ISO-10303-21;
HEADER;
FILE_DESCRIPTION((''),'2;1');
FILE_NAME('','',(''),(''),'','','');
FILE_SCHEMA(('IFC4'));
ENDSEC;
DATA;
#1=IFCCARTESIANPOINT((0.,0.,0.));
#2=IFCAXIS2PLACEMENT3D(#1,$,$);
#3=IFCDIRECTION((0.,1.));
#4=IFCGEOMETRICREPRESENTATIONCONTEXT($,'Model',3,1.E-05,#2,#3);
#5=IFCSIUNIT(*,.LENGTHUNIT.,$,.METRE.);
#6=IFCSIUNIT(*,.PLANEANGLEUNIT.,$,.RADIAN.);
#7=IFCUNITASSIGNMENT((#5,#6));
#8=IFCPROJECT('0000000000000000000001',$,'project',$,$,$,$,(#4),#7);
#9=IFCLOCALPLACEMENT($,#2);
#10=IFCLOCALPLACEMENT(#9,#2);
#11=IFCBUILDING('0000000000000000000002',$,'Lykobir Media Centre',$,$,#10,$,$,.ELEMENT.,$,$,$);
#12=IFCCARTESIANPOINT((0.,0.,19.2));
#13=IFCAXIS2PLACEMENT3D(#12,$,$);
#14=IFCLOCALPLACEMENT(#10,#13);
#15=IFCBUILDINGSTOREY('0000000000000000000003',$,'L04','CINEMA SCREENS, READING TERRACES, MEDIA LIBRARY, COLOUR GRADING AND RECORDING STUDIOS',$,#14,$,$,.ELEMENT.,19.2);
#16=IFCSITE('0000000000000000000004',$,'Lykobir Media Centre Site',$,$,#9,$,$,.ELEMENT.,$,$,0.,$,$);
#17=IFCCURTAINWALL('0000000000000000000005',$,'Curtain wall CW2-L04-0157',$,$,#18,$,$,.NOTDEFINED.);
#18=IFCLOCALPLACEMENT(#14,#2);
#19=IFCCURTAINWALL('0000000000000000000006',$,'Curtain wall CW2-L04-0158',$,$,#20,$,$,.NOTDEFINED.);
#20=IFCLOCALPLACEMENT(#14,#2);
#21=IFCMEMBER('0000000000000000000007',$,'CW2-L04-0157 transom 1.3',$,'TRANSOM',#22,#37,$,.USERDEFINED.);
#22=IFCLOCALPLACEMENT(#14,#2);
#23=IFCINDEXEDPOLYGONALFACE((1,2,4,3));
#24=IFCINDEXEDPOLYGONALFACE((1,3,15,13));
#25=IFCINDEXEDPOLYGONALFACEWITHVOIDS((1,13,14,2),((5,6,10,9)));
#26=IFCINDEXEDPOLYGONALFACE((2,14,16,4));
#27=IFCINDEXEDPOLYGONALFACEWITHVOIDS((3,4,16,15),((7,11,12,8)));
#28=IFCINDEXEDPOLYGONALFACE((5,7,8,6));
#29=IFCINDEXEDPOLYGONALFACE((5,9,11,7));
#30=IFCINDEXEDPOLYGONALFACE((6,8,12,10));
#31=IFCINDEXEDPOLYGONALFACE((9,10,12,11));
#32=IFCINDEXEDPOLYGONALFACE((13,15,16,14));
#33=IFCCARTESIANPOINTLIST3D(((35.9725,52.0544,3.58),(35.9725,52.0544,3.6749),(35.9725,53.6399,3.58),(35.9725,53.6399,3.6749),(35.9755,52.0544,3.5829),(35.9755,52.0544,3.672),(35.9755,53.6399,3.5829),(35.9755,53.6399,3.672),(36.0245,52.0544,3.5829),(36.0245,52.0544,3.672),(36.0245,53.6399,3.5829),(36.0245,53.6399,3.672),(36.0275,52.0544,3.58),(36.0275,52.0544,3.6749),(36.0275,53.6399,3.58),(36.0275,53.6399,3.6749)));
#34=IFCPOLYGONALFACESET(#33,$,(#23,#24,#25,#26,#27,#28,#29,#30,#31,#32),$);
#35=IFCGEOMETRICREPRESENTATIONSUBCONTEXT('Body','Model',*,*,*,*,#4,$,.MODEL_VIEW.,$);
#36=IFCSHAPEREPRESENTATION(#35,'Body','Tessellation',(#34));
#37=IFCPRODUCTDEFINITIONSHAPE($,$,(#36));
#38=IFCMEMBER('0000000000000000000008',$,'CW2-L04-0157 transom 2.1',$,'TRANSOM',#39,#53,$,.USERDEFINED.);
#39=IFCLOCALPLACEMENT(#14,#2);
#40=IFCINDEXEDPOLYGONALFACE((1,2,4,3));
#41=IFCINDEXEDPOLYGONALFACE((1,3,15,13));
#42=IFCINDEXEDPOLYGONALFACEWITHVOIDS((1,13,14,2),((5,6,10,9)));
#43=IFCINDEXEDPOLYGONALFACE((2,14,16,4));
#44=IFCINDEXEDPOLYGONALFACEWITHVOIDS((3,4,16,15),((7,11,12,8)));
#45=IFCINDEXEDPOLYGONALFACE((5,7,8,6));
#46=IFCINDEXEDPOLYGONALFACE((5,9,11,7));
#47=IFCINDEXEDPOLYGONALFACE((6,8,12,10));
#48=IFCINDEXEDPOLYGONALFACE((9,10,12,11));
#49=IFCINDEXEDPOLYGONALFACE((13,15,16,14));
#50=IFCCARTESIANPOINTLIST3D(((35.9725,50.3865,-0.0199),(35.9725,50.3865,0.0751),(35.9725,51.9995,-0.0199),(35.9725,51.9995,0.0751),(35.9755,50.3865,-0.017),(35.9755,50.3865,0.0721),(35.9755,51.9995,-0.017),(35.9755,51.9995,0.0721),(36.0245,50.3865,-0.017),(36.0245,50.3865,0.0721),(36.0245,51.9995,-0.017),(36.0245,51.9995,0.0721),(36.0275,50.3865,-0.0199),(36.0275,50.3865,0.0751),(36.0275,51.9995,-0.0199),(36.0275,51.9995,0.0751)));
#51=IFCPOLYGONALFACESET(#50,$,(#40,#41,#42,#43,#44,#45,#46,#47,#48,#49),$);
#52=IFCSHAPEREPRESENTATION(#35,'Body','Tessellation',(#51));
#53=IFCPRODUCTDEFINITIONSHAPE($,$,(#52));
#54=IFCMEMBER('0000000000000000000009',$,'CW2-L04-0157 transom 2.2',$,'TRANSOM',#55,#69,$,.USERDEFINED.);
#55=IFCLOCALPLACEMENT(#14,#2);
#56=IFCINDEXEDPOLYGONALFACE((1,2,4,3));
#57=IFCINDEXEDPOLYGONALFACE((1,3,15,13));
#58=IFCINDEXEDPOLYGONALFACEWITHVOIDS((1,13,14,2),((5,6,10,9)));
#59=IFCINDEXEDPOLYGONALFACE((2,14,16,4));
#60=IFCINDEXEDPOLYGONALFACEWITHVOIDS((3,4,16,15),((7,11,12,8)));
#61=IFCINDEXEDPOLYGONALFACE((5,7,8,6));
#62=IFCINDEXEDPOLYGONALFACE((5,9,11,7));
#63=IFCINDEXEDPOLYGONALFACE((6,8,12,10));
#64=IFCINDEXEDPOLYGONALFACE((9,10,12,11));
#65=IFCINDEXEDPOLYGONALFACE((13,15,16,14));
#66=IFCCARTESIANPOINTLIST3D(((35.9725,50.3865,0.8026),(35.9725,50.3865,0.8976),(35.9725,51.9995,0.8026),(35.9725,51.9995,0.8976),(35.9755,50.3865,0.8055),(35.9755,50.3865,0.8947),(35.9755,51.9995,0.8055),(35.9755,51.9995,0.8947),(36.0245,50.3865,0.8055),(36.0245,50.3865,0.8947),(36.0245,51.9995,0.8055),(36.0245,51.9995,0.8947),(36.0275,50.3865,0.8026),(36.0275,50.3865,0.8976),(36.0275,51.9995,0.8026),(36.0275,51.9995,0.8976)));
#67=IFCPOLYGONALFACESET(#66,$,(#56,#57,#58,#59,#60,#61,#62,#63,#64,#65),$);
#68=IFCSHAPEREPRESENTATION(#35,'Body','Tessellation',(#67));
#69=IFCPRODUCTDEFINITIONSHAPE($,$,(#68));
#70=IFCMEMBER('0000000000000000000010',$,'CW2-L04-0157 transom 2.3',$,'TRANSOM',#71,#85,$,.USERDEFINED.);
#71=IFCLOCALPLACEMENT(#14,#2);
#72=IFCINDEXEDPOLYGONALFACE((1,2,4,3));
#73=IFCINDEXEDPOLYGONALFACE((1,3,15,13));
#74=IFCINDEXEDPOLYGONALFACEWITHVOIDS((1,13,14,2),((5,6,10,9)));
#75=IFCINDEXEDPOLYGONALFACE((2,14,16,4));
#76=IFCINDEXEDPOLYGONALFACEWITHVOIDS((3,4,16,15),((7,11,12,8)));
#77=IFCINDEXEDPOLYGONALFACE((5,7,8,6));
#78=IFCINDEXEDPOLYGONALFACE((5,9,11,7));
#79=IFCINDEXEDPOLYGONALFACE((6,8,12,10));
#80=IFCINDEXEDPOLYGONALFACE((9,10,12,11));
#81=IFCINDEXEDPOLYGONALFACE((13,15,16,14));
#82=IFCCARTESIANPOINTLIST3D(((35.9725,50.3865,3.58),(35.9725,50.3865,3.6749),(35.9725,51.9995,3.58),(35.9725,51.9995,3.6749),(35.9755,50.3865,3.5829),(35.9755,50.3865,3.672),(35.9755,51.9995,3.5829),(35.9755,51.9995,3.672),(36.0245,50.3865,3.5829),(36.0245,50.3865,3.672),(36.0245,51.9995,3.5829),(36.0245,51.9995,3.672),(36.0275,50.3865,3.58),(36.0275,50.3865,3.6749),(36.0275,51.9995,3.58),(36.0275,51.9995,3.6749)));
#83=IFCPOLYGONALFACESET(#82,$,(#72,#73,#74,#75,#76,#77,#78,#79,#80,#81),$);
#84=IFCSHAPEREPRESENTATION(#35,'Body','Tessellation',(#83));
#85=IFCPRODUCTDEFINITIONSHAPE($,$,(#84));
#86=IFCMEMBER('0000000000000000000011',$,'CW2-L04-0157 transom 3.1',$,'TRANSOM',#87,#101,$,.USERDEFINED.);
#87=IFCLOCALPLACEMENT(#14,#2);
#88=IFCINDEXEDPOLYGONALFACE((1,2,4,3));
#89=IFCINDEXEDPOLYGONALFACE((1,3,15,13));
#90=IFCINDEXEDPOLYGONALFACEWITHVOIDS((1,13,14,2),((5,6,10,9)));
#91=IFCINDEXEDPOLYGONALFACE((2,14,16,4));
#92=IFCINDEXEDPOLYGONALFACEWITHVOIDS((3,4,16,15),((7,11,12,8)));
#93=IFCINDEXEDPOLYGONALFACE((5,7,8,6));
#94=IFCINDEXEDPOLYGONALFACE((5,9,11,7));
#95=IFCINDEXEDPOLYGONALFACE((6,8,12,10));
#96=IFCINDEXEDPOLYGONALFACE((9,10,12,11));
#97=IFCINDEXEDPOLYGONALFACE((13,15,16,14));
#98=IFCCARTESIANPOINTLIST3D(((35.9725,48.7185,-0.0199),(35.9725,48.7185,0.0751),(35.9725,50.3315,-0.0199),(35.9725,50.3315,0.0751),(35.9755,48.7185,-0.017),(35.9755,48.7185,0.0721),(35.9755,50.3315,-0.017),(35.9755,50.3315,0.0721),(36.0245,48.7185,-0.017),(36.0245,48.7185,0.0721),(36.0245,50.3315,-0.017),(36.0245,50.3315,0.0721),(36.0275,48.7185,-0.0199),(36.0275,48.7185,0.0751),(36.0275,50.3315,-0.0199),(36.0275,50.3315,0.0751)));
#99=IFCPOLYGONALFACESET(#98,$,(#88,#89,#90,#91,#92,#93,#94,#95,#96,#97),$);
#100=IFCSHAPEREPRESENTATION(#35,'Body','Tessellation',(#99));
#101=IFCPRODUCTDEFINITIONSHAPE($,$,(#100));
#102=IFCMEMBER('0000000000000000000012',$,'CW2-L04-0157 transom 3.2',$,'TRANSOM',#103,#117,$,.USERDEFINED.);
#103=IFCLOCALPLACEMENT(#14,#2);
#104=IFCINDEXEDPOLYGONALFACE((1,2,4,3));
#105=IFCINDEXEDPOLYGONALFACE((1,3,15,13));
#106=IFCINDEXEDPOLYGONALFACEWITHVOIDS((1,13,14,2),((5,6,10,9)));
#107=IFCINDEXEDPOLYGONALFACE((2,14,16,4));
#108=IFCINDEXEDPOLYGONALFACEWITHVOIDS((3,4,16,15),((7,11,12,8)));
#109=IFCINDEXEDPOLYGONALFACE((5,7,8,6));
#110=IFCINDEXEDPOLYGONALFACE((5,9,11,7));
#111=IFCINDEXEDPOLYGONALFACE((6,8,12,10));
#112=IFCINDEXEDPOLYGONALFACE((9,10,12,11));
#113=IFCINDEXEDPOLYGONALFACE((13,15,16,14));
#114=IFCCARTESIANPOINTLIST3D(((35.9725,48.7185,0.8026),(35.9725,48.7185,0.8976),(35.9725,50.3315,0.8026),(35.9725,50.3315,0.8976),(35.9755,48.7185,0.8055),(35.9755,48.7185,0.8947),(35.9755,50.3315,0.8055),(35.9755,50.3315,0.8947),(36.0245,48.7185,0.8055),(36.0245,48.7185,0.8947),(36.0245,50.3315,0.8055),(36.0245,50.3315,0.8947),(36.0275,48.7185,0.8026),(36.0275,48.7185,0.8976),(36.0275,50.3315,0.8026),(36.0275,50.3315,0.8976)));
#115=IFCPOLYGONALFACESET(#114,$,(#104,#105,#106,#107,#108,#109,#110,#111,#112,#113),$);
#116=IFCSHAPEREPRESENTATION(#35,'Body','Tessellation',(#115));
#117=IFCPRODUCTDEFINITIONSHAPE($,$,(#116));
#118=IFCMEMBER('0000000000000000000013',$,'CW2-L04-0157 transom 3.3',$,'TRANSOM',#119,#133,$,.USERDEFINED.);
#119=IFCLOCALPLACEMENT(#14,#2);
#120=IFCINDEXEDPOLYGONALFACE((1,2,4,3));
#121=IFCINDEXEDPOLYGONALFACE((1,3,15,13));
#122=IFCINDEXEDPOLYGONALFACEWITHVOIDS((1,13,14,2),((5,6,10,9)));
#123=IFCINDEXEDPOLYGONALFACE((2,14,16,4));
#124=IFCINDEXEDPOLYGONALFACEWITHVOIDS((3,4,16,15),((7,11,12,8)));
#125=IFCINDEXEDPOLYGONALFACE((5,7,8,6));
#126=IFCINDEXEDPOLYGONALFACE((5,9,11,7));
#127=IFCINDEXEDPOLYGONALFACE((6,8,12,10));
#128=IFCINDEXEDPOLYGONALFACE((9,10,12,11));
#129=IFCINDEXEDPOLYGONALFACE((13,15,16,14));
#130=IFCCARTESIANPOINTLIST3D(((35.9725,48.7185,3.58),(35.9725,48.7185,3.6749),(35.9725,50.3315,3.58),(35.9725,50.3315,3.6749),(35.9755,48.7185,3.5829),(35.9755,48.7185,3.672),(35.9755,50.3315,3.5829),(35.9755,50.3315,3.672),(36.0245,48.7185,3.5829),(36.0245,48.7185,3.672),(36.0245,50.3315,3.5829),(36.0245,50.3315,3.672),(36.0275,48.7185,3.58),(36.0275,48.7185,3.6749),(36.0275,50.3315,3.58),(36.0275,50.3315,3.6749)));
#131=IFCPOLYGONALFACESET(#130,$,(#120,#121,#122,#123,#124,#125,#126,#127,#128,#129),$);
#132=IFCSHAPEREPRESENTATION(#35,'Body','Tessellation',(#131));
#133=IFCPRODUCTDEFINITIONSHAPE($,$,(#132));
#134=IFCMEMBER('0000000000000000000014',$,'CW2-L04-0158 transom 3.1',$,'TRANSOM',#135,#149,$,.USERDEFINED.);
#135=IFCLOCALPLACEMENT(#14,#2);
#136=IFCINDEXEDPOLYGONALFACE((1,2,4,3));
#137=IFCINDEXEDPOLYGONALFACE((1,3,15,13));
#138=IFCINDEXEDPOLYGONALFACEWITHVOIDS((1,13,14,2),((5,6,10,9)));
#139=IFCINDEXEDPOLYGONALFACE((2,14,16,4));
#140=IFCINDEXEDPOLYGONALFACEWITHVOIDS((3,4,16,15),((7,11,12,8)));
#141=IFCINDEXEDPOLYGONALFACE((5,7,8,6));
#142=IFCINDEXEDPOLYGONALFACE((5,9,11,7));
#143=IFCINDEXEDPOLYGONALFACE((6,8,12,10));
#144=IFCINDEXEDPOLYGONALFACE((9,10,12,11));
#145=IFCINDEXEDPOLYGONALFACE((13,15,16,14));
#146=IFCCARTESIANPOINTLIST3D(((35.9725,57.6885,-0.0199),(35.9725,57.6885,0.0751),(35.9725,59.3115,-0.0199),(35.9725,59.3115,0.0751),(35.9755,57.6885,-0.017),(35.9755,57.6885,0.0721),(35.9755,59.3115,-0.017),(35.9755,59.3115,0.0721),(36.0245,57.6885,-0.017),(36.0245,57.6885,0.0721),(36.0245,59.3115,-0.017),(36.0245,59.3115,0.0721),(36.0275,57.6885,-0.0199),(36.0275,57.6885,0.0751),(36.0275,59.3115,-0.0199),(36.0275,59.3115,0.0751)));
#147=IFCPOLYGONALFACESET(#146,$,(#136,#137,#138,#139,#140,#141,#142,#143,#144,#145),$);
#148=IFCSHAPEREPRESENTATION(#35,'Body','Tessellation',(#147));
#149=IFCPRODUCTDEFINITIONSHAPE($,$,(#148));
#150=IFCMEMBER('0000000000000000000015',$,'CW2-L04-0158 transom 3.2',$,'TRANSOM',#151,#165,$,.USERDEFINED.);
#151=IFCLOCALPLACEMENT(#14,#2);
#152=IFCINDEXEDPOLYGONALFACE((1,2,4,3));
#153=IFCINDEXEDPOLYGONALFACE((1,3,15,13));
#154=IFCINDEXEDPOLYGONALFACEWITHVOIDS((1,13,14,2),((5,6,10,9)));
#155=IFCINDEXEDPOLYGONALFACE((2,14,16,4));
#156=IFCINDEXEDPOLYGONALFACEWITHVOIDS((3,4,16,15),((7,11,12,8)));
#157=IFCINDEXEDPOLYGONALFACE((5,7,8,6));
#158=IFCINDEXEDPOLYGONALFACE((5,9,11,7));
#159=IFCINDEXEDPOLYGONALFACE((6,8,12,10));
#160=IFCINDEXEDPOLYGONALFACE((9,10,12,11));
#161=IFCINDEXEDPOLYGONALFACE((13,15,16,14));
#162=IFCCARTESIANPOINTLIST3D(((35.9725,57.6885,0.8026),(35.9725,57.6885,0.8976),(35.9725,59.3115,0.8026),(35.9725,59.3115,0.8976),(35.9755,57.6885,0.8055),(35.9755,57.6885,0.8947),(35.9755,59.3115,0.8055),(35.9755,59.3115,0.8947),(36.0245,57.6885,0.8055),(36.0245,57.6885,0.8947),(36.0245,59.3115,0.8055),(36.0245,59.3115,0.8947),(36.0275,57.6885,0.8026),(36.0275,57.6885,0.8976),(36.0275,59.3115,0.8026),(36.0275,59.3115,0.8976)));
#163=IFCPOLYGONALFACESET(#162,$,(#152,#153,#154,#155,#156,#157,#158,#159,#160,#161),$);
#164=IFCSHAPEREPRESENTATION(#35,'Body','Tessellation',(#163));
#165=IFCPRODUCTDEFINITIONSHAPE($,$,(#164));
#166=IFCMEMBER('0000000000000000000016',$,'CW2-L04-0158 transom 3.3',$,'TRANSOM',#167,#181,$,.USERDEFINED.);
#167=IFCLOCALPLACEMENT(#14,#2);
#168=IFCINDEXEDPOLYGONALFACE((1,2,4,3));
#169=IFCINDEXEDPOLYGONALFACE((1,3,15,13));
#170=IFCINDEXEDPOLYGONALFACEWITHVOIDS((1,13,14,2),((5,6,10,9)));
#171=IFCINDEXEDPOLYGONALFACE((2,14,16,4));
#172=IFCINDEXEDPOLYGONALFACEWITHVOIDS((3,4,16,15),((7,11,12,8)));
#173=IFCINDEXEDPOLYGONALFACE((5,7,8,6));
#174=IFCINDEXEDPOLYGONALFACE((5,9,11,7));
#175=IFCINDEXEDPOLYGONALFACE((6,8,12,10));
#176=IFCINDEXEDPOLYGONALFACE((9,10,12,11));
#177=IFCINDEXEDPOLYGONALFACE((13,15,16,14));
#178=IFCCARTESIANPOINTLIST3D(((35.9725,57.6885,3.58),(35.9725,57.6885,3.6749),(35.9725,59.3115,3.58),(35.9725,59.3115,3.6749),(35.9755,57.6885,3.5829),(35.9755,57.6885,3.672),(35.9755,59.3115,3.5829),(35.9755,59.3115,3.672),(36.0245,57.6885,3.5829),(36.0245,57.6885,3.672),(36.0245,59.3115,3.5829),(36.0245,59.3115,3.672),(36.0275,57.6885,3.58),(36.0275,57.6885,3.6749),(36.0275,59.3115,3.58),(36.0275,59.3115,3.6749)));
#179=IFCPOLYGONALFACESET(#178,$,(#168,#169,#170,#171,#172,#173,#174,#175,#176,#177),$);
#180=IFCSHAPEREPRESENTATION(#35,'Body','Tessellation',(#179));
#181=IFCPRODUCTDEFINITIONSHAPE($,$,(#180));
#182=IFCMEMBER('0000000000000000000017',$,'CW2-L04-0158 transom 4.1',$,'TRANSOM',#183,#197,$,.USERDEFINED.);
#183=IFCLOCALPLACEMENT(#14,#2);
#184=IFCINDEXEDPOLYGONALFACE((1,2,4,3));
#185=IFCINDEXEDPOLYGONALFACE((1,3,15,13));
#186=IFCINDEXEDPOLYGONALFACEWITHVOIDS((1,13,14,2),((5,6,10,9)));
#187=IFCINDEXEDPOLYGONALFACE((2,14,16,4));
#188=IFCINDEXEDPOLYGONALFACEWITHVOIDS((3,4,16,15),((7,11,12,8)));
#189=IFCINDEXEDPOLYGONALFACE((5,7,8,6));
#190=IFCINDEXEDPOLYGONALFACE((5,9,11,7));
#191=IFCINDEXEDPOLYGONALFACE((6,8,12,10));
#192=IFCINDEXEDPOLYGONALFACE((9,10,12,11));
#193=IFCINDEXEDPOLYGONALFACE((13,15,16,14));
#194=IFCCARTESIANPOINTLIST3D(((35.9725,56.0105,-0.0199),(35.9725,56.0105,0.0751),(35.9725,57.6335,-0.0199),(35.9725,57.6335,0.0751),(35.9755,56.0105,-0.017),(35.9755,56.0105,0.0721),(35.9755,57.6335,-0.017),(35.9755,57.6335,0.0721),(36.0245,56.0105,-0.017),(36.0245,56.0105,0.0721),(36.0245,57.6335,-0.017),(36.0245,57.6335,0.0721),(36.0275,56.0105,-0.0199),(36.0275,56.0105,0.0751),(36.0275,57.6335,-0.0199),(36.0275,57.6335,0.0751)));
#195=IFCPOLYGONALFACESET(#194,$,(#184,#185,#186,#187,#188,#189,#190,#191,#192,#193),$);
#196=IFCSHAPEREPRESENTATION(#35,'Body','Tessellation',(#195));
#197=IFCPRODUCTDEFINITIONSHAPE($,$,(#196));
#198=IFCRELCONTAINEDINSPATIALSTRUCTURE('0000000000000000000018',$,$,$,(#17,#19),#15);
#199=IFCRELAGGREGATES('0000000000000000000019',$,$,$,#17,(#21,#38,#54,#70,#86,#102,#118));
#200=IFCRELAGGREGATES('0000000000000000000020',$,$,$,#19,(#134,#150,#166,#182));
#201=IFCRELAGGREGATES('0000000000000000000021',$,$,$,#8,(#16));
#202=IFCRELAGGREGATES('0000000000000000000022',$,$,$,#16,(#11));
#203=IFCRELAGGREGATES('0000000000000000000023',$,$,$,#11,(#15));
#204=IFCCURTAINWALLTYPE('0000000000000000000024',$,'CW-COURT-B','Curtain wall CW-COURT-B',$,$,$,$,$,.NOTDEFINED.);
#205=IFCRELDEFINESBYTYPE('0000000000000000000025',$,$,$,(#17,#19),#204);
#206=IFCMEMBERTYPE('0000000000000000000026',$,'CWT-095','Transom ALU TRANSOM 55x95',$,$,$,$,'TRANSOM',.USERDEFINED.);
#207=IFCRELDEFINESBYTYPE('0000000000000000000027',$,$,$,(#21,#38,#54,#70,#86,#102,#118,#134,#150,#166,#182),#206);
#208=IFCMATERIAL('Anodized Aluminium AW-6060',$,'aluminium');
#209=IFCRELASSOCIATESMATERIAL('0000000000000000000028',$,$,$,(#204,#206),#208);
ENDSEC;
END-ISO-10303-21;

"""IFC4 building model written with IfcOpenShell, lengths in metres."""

from ifc_helpers import new_model, si_unit, direction, frame, origin, origin_2d, place, context, subcontext, project, spatial, hollow_rectangle, extrude, material, material_profile, profile_set, type_object, element, aggregate, save


model = new_model("IFC4")

# Units and contexts
model_context = context("Model", 3, precision=1e-05, world=origin(), true_north=direction((0.0, 1.0)))
body_context = subcontext(model_context, "Body", "Model", "MODEL_VIEW")
ifc_project = project(units=[si_unit("LENGTHUNIT", "METRE"), si_unit("PLANEANGLEUNIT", "RADIAN")], contexts=[model_context])

# Site, building, storey
site_placement = place(None, origin())
site = spatial("IfcSite", under=ifc_project, at=site_placement, Name="Lykobir Media Centre Site", CompositionType="ELEMENT", RefElevation=0.0)
building_placement = place(site_placement, origin())
building = spatial("IfcBuilding", under=site, at=building_placement, Name="Lykobir Media Centre", CompositionType="ELEMENT")
storey_placement = place(building_placement, frame((0.0, 0.0, 19.2)))
storey = spatial("IfcBuildingStorey", under=building, at=storey_placement, Name="L04", Description="CINEMA SCREENS, READING TERRACES, MEDIA LIBRARY, COLOUR GRADING AND RECORDING STUDIOS", CompositionType="ELEMENT", Elevation=19.2)

# Curtain walls
ifc_material_1 = material(Name="Anodized Aluminium AW-6060", Category="aluminium")
curtain_wall_type = type_object("IfcCurtainWallType", Name="CW-COURT-B", Description="Curtain wall CW-COURT-B", PredefinedType="NOTDEFINED", material=ifc_material_1)
curtain_wall_1_placement = place(storey_placement, origin())
curtain_wall_1 = element("IfcCurtainWall", 1, at=curtain_wall_1_placement, inside=storey, type_object=curtain_wall_type, Name="Curtain wall CW2-L04-0157", PredefinedType="NOTDEFINED")
curtain_wall_2_placement = place(storey_placement, origin())
curtain_wall_2 = element("IfcCurtainWall", 2, at=curtain_wall_2_placement, inside=storey, type_object=curtain_wall_type, Name="Curtain wall CW2-L04-0158", PredefinedType="NOTDEFINED")

# Members
ifc_material_profile_1 = material_profile(ifc_material_1, hollow_rectangle(XDim=0.0549, YDim=0.095, WallThickness=0.0029, at=origin_2d()), Name="ALU TRANSOM 55x95")
ifc_profile_set_1 = profile_set([ifc_material_profile_1], Name="Anodized Aluminium AW-6060")
member_type_1 = type_object("IfcMemberType", Name="CWT-095", Description="Transom ALU TRANSOM 55x95", ElementType="TRANSOM", PredefinedType="USERDEFINED", material=ifc_profile_set_1)
member_1_placement = place(storey_placement, frame((36.0, 53.6399, 3.6274), z_axis=(0.0, -1.0, 0.0), x_axis=(1.0, 0.0, 0.0)))
member_1 = element("IfcMember", 3, at=member_1_placement, type_object=member_type_1, Name="CW2-L04-0157 transom 1.3", ObjectType="TRANSOM", PredefinedType="USERDEFINED", context=body_context, shape_type="SweptSolid", body=[
    extrude(hollow_rectangle(XDim=0.0549, YDim=0.095, WallThickness=0.0029, at=origin_2d()), origin(), (0.0, 0.0, 1.0), 1.5854),
])
member_2_placement = place(storey_placement, frame((36.0, 51.9995, 0.0276), z_axis=(0.0, -1.0, 0.0), x_axis=(1.0, 0.0, 0.0)))
member_2 = element("IfcMember", 4, at=member_2_placement, type_object=member_type_1, Name="CW2-L04-0157 transom 2.1", ObjectType="TRANSOM", PredefinedType="USERDEFINED", context=body_context, shape_type="SweptSolid", body=[
    extrude(hollow_rectangle(XDim=0.0549, YDim=0.095, WallThickness=0.0029, at=origin_2d()), origin(), (0.0, 0.0, 1.0), 1.613),
])
member_3_placement = place(storey_placement, frame((36.0, 51.9995, 0.8501), z_axis=(0.0, -1.0, 0.0), x_axis=(1.0, 0.0, 0.0)))
member_3 = element("IfcMember", 5, at=member_3_placement, type_object=member_type_1, Name="CW2-L04-0157 transom 2.2", ObjectType="TRANSOM", PredefinedType="USERDEFINED", context=body_context, shape_type="SweptSolid", body=[
    extrude(hollow_rectangle(XDim=0.0549, YDim=0.095, WallThickness=0.0029, at=origin_2d()), origin(), (0.0, 0.0, 1.0), 1.613),
])
member_4_placement = place(storey_placement, frame((36.0, 51.9995, 3.6274), z_axis=(0.0, -1.0, 0.0), x_axis=(1.0, 0.0, 0.0)))
member_4 = element("IfcMember", 6, at=member_4_placement, type_object=member_type_1, Name="CW2-L04-0157 transom 2.3", ObjectType="TRANSOM", PredefinedType="USERDEFINED", context=body_context, shape_type="SweptSolid", body=[
    extrude(hollow_rectangle(XDim=0.0549, YDim=0.095, WallThickness=0.0029, at=origin_2d()), origin(), (0.0, 0.0, 1.0), 1.613),
])
member_5_placement = place(storey_placement, frame((36.0, 50.3315, 0.0276), z_axis=(0.0, -1.0, 0.0), x_axis=(1.0, 0.0, 0.0)))
member_5 = element("IfcMember", 7, at=member_5_placement, type_object=member_type_1, Name="CW2-L04-0157 transom 3.1", ObjectType="TRANSOM", PredefinedType="USERDEFINED", context=body_context, shape_type="SweptSolid", body=[
    extrude(hollow_rectangle(XDim=0.0549, YDim=0.095, WallThickness=0.0029, at=origin_2d()), origin(), (0.0, 0.0, 1.0), 1.613),
])
member_6_placement = place(storey_placement, frame((36.0, 50.3315, 0.8501), z_axis=(0.0, -1.0, 0.0), x_axis=(1.0, 0.0, 0.0)))
member_6 = element("IfcMember", 8, at=member_6_placement, type_object=member_type_1, Name="CW2-L04-0157 transom 3.2", ObjectType="TRANSOM", PredefinedType="USERDEFINED", context=body_context, shape_type="SweptSolid", body=[
    extrude(hollow_rectangle(XDim=0.0549, YDim=0.095, WallThickness=0.0029, at=origin_2d()), origin(), (0.0, 0.0, 1.0), 1.613),
])
member_7_placement = place(storey_placement, frame((36.0, 50.3315, 3.6274), z_axis=(0.0, -1.0, 0.0), x_axis=(1.0, 0.0, 0.0)))
member_7 = element("IfcMember", 9, at=member_7_placement, type_object=member_type_1, Name="CW2-L04-0157 transom 3.3", ObjectType="TRANSOM", PredefinedType="USERDEFINED", context=body_context, shape_type="SweptSolid", body=[
    extrude(hollow_rectangle(XDim=0.0549, YDim=0.095, WallThickness=0.0029, at=origin_2d()), origin(), (0.0, 0.0, 1.0), 1.613),
])
member_8_placement = place(storey_placement, frame((36.0, 59.3115, 0.0276), z_axis=(0.0, -1.0, 0.0), x_axis=(1.0, 0.0, 0.0)))
member_8 = element("IfcMember", 10, at=member_8_placement, type_object=member_type_1, Name="CW2-L04-0158 transom 3.1", ObjectType="TRANSOM", PredefinedType="USERDEFINED", context=body_context, shape_type="SweptSolid", body=[
    extrude(hollow_rectangle(XDim=0.0549, YDim=0.095, WallThickness=0.0029, at=origin_2d()), origin(), (0.0, 0.0, 1.0), 1.623),
])
member_9_placement = place(storey_placement, frame((36.0, 59.3115, 0.8501), z_axis=(0.0, -1.0, 0.0), x_axis=(1.0, 0.0, 0.0)))
member_9 = element("IfcMember", 11, at=member_9_placement, type_object=member_type_1, Name="CW2-L04-0158 transom 3.2", ObjectType="TRANSOM", PredefinedType="USERDEFINED", context=body_context, shape_type="SweptSolid", body=[
    extrude(hollow_rectangle(XDim=0.0549, YDim=0.095, WallThickness=0.0029, at=origin_2d()), origin(), (0.0, 0.0, 1.0), 1.623),
])
member_10_placement = place(storey_placement, frame((36.0, 59.3115, 3.6274), z_axis=(0.0, -1.0, 0.0), x_axis=(1.0, 0.0, 0.0)))
member_10 = element("IfcMember", 12, at=member_10_placement, type_object=member_type_1, Name="CW2-L04-0158 transom 3.3", ObjectType="TRANSOM", PredefinedType="USERDEFINED", context=body_context, shape_type="SweptSolid", body=[
    extrude(hollow_rectangle(XDim=0.0549, YDim=0.095, WallThickness=0.0029, at=origin_2d()), origin(), (0.0, 0.0, 1.0), 1.623),
])
member_11_placement = place(storey_placement, frame((36.0, 57.6335, 0.0276), z_axis=(0.0, -1.0, 0.0), x_axis=(1.0, 0.0, 0.0)))
member_11 = element("IfcMember", 13, at=member_11_placement, type_object=member_type_1, Name="CW2-L04-0158 transom 4.1", ObjectType="TRANSOM", PredefinedType="USERDEFINED", context=body_context, shape_type="SweptSolid", body=[
    extrude(hollow_rectangle(XDim=0.0549, YDim=0.095, WallThickness=0.0029, at=origin_2d()), origin(), (0.0, 0.0, 1.0), 1.623),
])

aggregate(curtain_wall_1, [member_1, member_2, member_3, member_4, member_5, member_6, member_7])
aggregate(curtain_wall_2, [member_8, member_9, member_10, member_11])

save(model, "model.ifc")
